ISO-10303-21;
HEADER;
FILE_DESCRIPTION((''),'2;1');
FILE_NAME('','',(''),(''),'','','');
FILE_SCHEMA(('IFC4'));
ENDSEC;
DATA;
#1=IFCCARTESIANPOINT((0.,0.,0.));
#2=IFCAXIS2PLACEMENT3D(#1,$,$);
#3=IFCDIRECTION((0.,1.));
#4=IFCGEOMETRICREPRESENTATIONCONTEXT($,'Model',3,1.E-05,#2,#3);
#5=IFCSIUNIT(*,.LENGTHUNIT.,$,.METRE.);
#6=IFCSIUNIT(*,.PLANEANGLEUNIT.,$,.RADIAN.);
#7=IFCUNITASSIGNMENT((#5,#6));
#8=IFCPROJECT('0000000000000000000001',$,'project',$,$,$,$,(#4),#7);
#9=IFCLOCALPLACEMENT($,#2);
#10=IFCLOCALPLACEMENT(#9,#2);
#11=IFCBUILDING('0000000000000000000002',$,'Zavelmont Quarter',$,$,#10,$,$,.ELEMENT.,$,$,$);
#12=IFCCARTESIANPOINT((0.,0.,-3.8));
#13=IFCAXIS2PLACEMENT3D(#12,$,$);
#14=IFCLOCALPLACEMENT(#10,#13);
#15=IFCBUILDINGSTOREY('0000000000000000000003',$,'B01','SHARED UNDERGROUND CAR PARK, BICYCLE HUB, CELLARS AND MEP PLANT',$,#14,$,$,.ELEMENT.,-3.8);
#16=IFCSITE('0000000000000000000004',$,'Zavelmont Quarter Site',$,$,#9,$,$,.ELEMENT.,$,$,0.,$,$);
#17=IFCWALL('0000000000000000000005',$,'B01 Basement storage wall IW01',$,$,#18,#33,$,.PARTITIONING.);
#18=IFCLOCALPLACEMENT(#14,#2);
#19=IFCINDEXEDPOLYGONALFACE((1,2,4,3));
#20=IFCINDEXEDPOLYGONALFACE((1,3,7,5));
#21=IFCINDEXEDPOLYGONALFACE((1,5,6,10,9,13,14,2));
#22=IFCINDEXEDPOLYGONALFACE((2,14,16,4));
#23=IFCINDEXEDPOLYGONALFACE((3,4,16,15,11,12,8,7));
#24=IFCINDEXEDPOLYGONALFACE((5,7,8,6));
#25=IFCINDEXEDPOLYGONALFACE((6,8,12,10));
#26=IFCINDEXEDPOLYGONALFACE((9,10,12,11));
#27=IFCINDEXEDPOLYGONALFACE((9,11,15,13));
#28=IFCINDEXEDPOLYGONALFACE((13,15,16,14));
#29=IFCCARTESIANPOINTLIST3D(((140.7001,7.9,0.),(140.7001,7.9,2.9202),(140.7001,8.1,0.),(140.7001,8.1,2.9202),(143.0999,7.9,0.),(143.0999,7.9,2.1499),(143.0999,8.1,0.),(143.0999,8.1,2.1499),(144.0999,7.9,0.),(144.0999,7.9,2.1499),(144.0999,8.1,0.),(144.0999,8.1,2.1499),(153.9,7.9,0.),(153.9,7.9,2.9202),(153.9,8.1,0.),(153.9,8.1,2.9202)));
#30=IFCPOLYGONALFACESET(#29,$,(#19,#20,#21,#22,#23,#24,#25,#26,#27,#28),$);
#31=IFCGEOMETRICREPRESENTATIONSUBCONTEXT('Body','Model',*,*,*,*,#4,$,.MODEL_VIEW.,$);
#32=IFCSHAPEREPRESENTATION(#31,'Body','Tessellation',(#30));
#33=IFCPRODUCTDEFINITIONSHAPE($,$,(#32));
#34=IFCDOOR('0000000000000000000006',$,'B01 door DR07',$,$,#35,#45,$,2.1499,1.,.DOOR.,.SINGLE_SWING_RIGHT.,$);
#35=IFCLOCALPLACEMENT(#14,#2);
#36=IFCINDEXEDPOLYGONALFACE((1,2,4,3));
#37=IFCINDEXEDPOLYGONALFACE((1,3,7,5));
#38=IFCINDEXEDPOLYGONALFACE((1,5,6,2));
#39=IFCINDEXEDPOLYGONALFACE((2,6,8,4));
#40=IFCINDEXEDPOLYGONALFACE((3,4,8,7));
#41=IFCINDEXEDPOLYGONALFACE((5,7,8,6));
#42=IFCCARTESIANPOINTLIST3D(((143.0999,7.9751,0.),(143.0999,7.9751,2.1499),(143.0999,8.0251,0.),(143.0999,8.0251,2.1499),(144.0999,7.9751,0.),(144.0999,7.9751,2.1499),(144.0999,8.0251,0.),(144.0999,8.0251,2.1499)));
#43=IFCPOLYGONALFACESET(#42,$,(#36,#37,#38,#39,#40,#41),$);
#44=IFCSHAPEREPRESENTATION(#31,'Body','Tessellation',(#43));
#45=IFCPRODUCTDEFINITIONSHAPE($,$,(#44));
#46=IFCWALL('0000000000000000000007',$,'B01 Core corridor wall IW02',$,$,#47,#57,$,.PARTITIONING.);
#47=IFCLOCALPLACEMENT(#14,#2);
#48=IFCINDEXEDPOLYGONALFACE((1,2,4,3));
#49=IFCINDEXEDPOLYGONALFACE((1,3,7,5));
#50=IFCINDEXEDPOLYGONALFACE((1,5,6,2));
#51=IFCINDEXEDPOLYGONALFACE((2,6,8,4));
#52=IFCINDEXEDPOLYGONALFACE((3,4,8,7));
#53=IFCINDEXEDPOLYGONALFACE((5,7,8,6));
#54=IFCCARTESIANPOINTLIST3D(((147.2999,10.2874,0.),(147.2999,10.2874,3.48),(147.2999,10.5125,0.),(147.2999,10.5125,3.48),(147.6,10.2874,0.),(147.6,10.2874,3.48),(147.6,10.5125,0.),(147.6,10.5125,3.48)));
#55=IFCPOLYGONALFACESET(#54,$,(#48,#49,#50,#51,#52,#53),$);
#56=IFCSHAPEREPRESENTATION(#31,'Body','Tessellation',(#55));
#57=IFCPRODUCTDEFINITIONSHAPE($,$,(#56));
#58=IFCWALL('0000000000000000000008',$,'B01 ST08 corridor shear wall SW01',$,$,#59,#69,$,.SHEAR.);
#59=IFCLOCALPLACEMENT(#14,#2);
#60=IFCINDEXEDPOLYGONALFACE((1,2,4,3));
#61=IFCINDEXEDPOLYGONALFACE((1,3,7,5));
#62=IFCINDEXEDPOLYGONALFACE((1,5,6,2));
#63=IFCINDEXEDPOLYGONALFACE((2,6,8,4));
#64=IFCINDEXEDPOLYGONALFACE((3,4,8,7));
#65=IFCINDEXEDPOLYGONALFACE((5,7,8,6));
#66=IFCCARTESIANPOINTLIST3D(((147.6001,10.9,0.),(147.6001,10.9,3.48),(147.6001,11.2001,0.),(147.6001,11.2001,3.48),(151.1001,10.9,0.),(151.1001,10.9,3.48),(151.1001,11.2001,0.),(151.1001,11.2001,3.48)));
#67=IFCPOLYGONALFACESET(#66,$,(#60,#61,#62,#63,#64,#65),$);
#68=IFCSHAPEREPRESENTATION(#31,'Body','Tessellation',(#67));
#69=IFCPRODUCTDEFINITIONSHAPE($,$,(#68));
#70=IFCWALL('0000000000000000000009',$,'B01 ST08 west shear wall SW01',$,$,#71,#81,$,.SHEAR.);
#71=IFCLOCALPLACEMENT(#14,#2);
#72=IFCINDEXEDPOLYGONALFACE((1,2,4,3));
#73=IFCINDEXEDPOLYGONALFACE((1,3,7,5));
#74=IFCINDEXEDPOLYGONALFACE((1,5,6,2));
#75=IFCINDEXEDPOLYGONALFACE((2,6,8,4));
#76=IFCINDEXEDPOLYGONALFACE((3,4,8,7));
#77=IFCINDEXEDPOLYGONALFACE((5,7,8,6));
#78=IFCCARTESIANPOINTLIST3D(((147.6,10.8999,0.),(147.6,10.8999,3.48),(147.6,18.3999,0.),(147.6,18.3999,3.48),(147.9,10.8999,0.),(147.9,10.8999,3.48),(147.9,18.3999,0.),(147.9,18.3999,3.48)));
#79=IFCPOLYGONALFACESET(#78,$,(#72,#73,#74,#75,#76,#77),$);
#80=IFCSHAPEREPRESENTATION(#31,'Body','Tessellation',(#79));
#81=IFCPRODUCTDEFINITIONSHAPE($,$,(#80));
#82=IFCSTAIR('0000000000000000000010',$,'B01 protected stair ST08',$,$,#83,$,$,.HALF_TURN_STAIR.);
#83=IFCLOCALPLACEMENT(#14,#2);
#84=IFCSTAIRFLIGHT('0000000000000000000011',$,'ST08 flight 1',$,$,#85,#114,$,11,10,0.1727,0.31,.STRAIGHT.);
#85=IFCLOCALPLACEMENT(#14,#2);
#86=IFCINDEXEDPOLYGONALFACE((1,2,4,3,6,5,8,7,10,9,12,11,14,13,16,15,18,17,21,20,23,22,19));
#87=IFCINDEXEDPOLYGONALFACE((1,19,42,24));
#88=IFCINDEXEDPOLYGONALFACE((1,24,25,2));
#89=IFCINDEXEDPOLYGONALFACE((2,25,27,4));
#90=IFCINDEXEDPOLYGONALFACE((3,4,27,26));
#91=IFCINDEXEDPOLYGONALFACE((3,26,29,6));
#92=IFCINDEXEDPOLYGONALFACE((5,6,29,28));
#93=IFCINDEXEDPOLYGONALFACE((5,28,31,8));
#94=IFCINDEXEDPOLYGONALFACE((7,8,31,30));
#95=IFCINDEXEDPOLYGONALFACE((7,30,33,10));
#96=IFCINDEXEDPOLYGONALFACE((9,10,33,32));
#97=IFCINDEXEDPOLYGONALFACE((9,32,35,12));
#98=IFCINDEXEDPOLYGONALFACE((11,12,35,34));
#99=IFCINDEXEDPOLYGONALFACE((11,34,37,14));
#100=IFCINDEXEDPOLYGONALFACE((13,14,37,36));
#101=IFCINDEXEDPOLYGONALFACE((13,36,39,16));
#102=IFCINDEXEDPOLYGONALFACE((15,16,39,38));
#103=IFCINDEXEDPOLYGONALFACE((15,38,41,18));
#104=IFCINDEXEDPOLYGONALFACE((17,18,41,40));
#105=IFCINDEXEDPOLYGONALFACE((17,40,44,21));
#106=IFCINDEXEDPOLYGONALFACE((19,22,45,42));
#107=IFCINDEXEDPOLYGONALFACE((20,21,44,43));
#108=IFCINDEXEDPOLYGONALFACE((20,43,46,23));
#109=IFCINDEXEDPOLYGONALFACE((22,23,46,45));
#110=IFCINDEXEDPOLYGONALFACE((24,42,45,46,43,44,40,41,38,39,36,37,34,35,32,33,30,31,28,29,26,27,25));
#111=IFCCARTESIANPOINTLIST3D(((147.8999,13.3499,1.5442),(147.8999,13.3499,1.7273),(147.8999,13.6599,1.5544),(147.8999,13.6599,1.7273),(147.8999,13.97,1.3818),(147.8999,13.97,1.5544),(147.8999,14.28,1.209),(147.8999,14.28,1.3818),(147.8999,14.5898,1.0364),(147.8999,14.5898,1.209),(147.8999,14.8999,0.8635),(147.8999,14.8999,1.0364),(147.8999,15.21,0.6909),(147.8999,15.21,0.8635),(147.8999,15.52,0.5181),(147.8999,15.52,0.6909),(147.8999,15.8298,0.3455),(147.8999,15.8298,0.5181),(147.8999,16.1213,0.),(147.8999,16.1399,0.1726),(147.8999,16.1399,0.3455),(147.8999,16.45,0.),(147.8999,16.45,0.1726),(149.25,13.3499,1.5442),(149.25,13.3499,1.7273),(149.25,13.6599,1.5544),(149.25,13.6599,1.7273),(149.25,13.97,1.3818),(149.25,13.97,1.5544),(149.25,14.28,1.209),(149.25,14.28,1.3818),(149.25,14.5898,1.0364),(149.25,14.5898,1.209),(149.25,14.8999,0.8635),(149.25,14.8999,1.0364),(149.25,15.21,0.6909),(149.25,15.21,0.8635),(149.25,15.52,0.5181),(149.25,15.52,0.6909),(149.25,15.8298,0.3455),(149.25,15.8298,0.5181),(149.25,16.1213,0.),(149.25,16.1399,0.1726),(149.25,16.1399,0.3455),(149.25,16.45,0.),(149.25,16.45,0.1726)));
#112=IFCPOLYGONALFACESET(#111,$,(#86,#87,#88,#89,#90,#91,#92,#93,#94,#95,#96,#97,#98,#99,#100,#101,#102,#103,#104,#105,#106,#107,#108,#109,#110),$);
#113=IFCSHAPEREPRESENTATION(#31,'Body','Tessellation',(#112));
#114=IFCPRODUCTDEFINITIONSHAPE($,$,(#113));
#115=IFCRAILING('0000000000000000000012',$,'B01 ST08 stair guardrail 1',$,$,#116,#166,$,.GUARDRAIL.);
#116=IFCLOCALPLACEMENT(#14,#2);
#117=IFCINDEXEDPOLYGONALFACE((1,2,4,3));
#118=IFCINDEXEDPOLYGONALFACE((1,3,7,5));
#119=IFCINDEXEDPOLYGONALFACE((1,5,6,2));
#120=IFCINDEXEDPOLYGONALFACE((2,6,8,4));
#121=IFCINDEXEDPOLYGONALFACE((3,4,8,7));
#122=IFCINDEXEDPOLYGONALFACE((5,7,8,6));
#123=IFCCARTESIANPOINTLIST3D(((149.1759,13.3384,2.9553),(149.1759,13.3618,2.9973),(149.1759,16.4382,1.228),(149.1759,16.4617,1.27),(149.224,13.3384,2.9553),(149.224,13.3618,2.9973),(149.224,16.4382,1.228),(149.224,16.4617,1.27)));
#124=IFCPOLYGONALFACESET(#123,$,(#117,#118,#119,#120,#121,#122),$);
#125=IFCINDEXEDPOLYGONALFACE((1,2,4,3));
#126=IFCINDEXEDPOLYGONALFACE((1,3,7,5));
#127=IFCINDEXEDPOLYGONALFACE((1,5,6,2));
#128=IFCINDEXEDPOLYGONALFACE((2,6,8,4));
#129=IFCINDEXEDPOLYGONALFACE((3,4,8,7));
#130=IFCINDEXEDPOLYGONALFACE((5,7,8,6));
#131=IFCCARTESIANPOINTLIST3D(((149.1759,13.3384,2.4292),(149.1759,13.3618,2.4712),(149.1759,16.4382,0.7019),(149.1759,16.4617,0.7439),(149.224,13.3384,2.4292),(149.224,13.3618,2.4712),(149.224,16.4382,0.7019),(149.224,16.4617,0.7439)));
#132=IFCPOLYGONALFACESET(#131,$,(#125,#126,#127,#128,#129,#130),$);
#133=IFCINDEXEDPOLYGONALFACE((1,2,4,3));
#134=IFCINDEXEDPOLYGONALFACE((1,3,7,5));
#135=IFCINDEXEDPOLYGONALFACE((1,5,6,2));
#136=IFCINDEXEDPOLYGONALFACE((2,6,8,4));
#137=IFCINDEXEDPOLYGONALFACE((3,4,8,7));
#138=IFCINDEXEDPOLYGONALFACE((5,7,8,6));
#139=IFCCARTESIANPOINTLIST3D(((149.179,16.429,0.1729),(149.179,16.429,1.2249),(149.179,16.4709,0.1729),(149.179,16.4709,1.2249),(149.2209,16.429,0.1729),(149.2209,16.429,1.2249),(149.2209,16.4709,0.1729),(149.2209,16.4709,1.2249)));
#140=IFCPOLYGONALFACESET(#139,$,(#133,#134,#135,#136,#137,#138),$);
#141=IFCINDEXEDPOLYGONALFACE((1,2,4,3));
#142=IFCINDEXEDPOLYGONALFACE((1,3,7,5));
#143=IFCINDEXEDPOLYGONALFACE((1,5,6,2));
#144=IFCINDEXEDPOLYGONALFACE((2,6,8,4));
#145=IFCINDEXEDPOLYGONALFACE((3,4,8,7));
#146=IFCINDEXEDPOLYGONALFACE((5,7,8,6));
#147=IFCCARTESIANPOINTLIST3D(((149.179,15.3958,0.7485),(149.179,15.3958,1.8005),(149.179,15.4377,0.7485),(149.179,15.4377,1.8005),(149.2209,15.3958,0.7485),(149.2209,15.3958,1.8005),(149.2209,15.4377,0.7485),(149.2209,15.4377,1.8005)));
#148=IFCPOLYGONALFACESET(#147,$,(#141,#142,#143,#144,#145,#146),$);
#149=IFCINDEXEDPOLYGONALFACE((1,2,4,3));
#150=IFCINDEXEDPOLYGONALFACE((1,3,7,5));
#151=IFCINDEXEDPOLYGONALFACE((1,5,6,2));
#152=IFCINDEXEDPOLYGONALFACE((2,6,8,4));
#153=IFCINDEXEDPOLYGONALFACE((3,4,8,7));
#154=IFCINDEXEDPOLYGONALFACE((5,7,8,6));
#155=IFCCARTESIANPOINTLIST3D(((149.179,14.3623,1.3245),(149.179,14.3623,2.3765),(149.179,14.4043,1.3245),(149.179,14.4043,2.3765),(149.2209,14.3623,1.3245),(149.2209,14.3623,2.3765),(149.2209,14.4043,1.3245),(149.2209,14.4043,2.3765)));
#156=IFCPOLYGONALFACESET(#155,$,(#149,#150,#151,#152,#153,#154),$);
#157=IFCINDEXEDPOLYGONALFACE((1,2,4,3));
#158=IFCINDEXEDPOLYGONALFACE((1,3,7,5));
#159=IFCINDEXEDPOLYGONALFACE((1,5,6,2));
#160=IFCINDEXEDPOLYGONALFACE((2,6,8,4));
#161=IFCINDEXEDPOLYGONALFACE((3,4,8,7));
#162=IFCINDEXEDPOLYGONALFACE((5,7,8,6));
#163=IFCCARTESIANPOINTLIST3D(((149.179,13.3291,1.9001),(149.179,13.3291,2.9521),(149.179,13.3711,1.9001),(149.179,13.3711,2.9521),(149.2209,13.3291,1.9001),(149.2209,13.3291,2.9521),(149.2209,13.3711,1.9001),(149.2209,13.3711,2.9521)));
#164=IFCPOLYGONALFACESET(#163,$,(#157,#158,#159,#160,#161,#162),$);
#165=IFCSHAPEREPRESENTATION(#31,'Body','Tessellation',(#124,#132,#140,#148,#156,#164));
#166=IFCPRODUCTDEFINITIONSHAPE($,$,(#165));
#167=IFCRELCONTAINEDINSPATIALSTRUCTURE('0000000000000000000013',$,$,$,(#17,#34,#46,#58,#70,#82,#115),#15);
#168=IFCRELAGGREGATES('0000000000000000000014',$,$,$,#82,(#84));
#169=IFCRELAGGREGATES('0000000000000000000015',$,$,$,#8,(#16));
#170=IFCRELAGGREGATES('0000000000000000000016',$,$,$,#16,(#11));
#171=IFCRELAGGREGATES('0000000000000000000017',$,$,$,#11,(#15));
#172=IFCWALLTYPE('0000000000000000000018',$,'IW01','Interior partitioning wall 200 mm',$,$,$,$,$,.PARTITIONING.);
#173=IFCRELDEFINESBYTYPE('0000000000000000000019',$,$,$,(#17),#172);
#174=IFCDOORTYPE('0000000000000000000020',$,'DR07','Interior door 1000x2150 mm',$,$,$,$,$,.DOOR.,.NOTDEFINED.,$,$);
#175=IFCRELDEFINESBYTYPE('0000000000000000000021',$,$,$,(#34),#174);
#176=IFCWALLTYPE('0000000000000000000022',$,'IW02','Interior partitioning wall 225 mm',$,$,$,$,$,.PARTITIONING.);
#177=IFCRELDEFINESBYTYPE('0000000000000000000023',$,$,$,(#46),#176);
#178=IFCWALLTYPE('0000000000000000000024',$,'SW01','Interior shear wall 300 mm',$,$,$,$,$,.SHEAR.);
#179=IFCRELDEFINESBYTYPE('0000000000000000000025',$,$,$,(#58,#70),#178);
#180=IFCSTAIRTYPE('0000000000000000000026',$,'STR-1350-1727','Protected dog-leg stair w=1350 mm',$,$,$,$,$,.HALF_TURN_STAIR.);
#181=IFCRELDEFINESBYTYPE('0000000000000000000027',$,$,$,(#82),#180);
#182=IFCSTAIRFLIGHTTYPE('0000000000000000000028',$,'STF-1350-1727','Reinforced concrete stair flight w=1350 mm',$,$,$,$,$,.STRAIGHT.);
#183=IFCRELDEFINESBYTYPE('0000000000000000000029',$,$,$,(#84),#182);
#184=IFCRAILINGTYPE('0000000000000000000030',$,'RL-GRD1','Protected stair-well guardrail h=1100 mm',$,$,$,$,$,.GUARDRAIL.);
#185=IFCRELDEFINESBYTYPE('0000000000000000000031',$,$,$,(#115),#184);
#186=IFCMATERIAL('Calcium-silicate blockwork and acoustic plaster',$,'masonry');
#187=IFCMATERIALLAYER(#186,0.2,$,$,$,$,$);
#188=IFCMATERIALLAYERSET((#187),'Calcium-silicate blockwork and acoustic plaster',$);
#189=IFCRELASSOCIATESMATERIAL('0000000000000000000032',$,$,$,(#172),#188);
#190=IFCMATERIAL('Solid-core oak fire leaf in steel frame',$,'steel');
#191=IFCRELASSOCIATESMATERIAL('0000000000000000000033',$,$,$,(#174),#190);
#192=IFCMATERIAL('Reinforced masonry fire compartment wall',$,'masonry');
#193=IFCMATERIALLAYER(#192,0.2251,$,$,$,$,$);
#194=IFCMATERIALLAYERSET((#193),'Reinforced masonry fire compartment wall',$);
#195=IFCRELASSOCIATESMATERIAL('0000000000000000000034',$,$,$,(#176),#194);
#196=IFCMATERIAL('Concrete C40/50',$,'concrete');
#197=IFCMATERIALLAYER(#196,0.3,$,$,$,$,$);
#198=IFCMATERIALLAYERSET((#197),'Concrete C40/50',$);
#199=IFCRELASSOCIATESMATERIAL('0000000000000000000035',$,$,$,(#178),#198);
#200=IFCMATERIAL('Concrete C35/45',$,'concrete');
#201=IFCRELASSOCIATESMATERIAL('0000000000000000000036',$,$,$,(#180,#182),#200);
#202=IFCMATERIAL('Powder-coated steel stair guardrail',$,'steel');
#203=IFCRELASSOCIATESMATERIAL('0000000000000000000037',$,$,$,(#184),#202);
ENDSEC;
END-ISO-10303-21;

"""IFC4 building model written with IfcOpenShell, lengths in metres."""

from ifc_helpers import new_model, si_unit, direction, frame, frame_2d, origin, origin_2d, place, context, subcontext, project, spatial, polyline, rectangle, outline, extrude, material, layer, layer_set, type_object, element, fill, aggregate, save


model = new_model("IFC4")

# Units and contexts
model_context = context("Model", 3, precision=1e-05, world=origin(), true_north=direction((0.0, 1.0)))
body_context = subcontext(model_context, "Body", "Model", "MODEL_VIEW")
ifc_project = project(units=[si_unit("LENGTHUNIT", "METRE"), si_unit("PLANEANGLEUNIT", "RADIAN")], contexts=[model_context])

# Site, building, storey
site_placement = place(None, origin())
site = spatial("IfcSite", under=ifc_project, at=site_placement, Name="Zavelmont Quarter Site", CompositionType="ELEMENT", RefElevation=0.0)
building_placement = place(site_placement, origin())
building = spatial("IfcBuilding", under=site, at=building_placement, Name="Zavelmont Quarter", CompositionType="ELEMENT")
storey_placement = place(building_placement, frame((0.0, 0.0, -3.8)))
storey = spatial("IfcBuildingStorey", under=building, at=storey_placement, Name="B01", Description="SHARED UNDERGROUND CAR PARK, BICYCLE HUB, CELLARS AND MEP PLANT", CompositionType="ELEMENT", Elevation=-3.8)

# Shared definitions
ifc_material_1 = material(Name="Concrete C35/45", Category="concrete")

# Shared definitions
ifc_material_2 = material(Name="Concrete C40/50", Category="concrete")

# Wall, opening, door
ifc_material_3 = material(Name="Calcium-silicate blockwork and acoustic plaster", Category="masonry")
ifc_layer_1 = layer(ifc_material_3, 0.2)
ifc_layer_set_1 = layer_set([ifc_layer_1], Name="Calcium-silicate blockwork and acoustic plaster")
wall_type_1 = type_object("IfcWallType", Name="IW01", Description="Interior partitioning wall 200 mm", PredefinedType="PARTITIONING", material=ifc_layer_set_1)
wall_1_placement = place(storey_placement, frame((140.7, 8.0, 0.0), z_axis=(0.0, 0.0, 1.0), x_axis=(1.0, 0.0, 0.0)))
wall_1 = element("IfcWall", 1, at=wall_1_placement, inside=storey, type_object=wall_type_1, Name="B01 Basement storage wall IW01", PredefinedType="PARTITIONING", context=body_context, shape_type="SweptSolid", body=[
    extrude(rectangle(XDim=13.2, YDim=0.2, at=frame_2d((6.6001, 0.0))), origin(), (0.0, 0.0, 1.0), 2.9202),
])
opening_placement = place(wall_1_placement, frame((2.3999, 0.0, 0.0)))
opening = element("IfcOpeningElement", 2, at=opening_placement, cuts=wall_1, PredefinedType="OPENING", context=body_context, shape_type="SweptSolid", body=[
    extrude(rectangle(XDim=1.0, YDim=2.1499, at=frame_2d((0.5, 1.075))), frame((0.0, 0.1118, 0.0), z_axis=(0.0, -1.0, 0.0), x_axis=(1.0, 0.0, 0.0)), (0.0, 0.0, 1.0), 0.2239),
])
ifc_material_4 = material(Name="Solid-core oak fire leaf in steel frame", Category="steel")
door_type = type_object("IfcDoorType", Name="DR07", Description="Interior door 1000x2150 mm", OperationType="NOTDEFINED", PredefinedType="DOOR", material=ifc_material_4)
door_placement = place(opening_placement, frame((1.0, 0.0, 0.0), z_axis=(0.0, 0.0, 1.0), x_axis=(-1.0, 0.0, 0.0)))
door = element("IfcDoor", 3, at=door_placement, inside=storey, type_object=door_type, Name="B01 door DR07", OperationType="SINGLE_SWING_RIGHT", OverallHeight=2.1499, OverallWidth=1.0, PredefinedType="DOOR", context=body_context, shape_type="SweptSolid", body=[
    extrude(rectangle(XDim=1.0, YDim=2.1499, at=frame_2d((0.5, 1.075))), frame((0.0, 0.0249, 0.0), z_axis=(0.0, -1.0, 0.0), x_axis=(1.0, 0.0, 0.0)), (0.0, 0.0, 1.0), 0.05),
])
fill(opening, door)

# Walls
ifc_material_5 = material(Name="Reinforced masonry fire compartment wall", Category="masonry")
ifc_layer_2 = layer(ifc_material_5, 0.2251)
ifc_layer_set_2 = layer_set([ifc_layer_2], Name="Reinforced masonry fire compartment wall")
wall_type_2 = type_object("IfcWallType", Name="IW02", Description="Interior partitioning wall 225 mm", PredefinedType="PARTITIONING", material=ifc_layer_set_2)
wall_2_placement = place(storey_placement, frame((147.3, 10.3999, 0.0), z_axis=(0.0, 0.0, 1.0), x_axis=(1.0, 0.0, 0.0)))
element("IfcWall", 4, at=wall_2_placement, inside=storey, type_object=wall_type_2, Name="B01 Core corridor wall IW02", PredefinedType="PARTITIONING", context=body_context, shape_type="SweptSolid", body=[
    extrude(rectangle(XDim=0.3, YDim=0.2251, at=frame_2d((0.1499, 0.0))), origin(), (0.0, 0.0, 1.0), 3.48),
])
ifc_layer_3 = layer(ifc_material_2, 0.3)
ifc_layer_set_3 = layer_set([ifc_layer_3], Name="Concrete C40/50")
wall_type_3 = type_object("IfcWallType", Name="SW01", Description="Interior shear wall 300 mm", PredefinedType="SHEAR", material=ifc_layer_set_3)
wall_3_placement = place(storey_placement, frame((147.6001, 11.05, 0.0), z_axis=(0.0, 0.0, 1.0), x_axis=(1.0, 0.0, 0.0)))
element("IfcWall", 5, at=wall_3_placement, inside=storey, type_object=wall_type_3, Name="B01 ST08 corridor shear wall SW01", PredefinedType="SHEAR", context=body_context, shape_type="SweptSolid", body=[
    extrude(rectangle(XDim=3.5, YDim=0.3, at=frame_2d((1.75, 0.0))), origin(), (0.0, 0.0, 1.0), 3.48),
])
wall_4_placement = place(storey_placement, frame((147.75, 10.8999, 0.0), z_axis=(0.0, 0.0, 1.0), x_axis=(0.0, 1.0, 0.0)))
element("IfcWall", 6, at=wall_4_placement, inside=storey, type_object=wall_type_3, Name="B01 ST08 west shear wall SW01", PredefinedType="SHEAR", context=body_context, shape_type="SweptSolid", body=[
    extrude(rectangle(XDim=7.5, YDim=0.3, at=frame_2d((3.75, 0.0))), origin(), (0.0, 0.0, 1.0), 3.48),
])

# Stair, stair flight
stair_type = type_object("IfcStairType", Name="STR-1350-1727", Description="Protected dog-leg stair w=1350 mm", PredefinedType="HALF_TURN_STAIR", material=ifc_material_1)
stair_placement = place(storey_placement, origin())
stair = element("IfcStair", 7, at=stair_placement, inside=storey, type_object=stair_type, Name="B01 protected stair ST08", PredefinedType="HALF_TURN_STAIR")
stair_flight_type = type_object("IfcStairFlightType", Name="STF-1350-1727", Description="Reinforced concrete stair flight w=1350 mm", PredefinedType="STRAIGHT", material=ifc_material_1)
stair_flight_placement = place(storey_placement, frame((148.575, 16.45, 0.0), z_axis=(0.0, 0.0, 1.0), x_axis=(0.0, -1.0, 0.0)))
stair_flight = element("IfcStairFlight", 8, at=stair_flight_placement, type_object=stair_flight_type, Name="ST08 flight 1", NumberOfRisers=11, NumberOfTreads=10, PredefinedType="STRAIGHT", RiserHeight=0.1727, TreadLength=0.31, context=body_context, shape_type="SweptSolid", body=[
    extrude(outline(polyline([(0.0, 0.0), (0.0, 0.1726), (0.3101, 0.1726), (0.3101, 0.3455), (0.6201, 0.3455), (0.6201, 0.5181), (0.9299, 0.5181), (0.9299, 0.6909), (1.24, 0.6909), (1.24, 0.8635), (1.55, 0.8635), (1.55, 1.0364), (1.8601, 1.0364), (1.8601, 1.209), (2.1699, 1.209), (2.1699, 1.3818), (2.48, 1.3818), (2.48, 1.5544), (2.79, 1.5544), (2.79, 1.7273), (3.1001, 1.7273), (3.1001, 1.8999), (3.1001, 1.5442), (0.3286, 0.0), (0.0, 0.0)])), frame((0.0, 0.675, 0.0), z_axis=(0.0, -1.0, 0.0), x_axis=(1.0, 0.0, 0.0)), (0.0, 0.0, 1.0), 1.3501),
])
aggregate(stair, [stair_flight])

# Railing
ifc_material_6 = material(Name="Powder-coated steel stair guardrail", Category="steel")
railing_type_1 = type_object("IfcRailingType", Name="RL-GRD1", Description="Protected stair-well guardrail h=1100 mm", PredefinedType="GUARDRAIL", material=ifc_material_6)
railing_1_placement = place(storey_placement, frame((149.2, 16.45, 0.1729)))
element("IfcRailing", 9, at=railing_1_placement, inside=storey, type_object=railing_type_1, Name="B01 ST08 stair guardrail 1", PredefinedType="GUARDRAIL", context=body_context, shape_type="SweptSolid", body=[
    extrude(rectangle(XDim=0.0481, YDim=0.0481, at=origin_2d()), frame((0.0, 0.0, 1.0762), z_axis=(0.0, -0.87354, 0.486752), x_axis=(1.0, 0.0, 0.0)), (0.0, 0.0, 1.0), 3.5486),
    extrude(rectangle(XDim=0.0481, YDim=0.0481, at=origin_2d()), frame((0.0, 0.0, 0.55), z_axis=(0.0, -0.87354, 0.486752), x_axis=(1.0, 0.0, 0.0)), (0.0, 0.0, 1.0), 3.5486),
    extrude(rectangle(XDim=0.042, YDim=0.042, at=origin_2d()), origin(), (0.0, 0.0, 1.0), 1.052),
    extrude(rectangle(XDim=0.042, YDim=0.042, at=origin_2d()), frame((0.0, -1.0332, 0.5757)), (0.0, 0.0, 1.0), 1.052),
    extrude(rectangle(XDim=0.042, YDim=0.042, at=origin_2d()), frame((0.0, -2.0667, 1.1516)), (0.0, 0.0, 1.0), 1.052),
    extrude(rectangle(XDim=0.042, YDim=0.042, at=origin_2d()), frame((0.0, -3.0999, 1.7273)), (0.0, 0.0, 1.0), 1.052),
])

save(model, "model.ifc")
